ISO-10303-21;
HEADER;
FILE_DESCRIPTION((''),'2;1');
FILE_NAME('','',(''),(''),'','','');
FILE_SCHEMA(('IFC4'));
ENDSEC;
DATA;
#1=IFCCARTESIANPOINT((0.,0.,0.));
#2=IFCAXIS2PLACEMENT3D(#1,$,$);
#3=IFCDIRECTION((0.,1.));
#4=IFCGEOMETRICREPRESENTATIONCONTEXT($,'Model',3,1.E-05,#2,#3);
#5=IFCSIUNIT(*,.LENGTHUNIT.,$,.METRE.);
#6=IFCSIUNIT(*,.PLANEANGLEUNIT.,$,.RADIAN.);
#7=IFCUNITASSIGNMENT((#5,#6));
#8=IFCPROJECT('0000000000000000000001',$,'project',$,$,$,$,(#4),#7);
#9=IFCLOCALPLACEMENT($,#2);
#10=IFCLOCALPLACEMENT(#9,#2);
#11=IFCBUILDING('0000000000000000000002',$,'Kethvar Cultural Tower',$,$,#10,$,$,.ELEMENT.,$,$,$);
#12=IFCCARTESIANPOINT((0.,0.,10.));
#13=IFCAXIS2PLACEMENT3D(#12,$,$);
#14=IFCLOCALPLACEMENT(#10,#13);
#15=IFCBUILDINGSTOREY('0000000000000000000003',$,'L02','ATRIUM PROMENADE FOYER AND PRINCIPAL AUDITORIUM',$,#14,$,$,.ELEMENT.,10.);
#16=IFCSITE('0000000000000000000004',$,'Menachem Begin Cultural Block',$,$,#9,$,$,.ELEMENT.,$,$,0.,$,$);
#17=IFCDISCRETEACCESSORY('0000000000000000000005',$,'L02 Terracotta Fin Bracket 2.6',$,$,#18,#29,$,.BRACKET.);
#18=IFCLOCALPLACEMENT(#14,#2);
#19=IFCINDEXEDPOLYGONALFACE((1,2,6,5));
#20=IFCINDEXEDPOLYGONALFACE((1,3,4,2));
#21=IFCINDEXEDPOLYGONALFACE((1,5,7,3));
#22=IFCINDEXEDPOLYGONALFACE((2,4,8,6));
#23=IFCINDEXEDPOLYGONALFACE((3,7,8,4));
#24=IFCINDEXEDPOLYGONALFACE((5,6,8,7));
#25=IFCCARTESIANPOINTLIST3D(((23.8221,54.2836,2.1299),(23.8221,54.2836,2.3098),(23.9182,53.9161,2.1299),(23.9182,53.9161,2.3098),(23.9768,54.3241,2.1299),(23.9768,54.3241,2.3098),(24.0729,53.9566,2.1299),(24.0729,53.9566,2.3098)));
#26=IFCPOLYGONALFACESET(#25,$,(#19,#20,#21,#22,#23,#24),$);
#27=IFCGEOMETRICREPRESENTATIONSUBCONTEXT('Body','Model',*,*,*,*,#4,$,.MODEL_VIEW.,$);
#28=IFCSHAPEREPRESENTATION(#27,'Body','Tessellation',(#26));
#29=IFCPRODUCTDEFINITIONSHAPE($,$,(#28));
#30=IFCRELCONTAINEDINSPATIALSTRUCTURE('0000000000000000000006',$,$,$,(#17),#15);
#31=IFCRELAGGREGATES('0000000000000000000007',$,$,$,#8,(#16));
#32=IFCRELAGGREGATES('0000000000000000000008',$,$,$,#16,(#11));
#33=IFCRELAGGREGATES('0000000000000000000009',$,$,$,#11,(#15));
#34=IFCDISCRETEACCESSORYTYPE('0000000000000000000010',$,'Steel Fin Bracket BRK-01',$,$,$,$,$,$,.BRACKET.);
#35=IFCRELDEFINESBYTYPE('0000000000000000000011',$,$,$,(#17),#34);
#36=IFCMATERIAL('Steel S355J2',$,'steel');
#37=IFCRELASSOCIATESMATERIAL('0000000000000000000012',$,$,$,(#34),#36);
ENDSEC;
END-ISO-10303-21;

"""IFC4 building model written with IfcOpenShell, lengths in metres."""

from ifc_helpers import new_model, si_unit, direction, frame, origin, origin_2d, place, context, subcontext, project, spatial, rectangle, extrude, source, transform, mapped, material, type_object, element, save


model = new_model("IFC4")

# Units and contexts
model_context = context("Model", 3, precision=1e-05, world=origin(), true_north=direction((0.0, 1.0)))
body_context = subcontext(model_context, "Body", "Model", "MODEL_VIEW")
ifc_project = project(units=[si_unit("LENGTHUNIT", "METRE"), si_unit("PLANEANGLEUNIT", "RADIAN")], contexts=[model_context])

# Site, building, storey
site_placement = place(None, origin())
site = spatial("IfcSite", under=ifc_project, at=site_placement, Name="Menachem Begin Cultural Block", CompositionType="ELEMENT", RefElevation=0.0)
building_placement = place(site_placement, origin())
building = spatial("IfcBuilding", under=site, at=building_placement, Name="Kethvar Cultural Tower", CompositionType="ELEMENT")
storey_placement = place(building_placement, frame((0.0, 0.0, 10.0)))
storey = spatial("IfcBuildingStorey", under=building, at=storey_placement, Name="L02", Description="ATRIUM PROMENADE FOYER AND PRINCIPAL AUDITORIUM", CompositionType="ELEMENT", Elevation=10.0)

# Shared definitions
ifc_material_1 = material(Name="Steel S355J2", Category="steel")

# Discrete accessory
discrete_accessory_type = type_object("IfcDiscreteAccessoryType", Name="Steel Fin Bracket BRK-01", PredefinedType="BRACKET", material=ifc_material_1)
shared_shape_1 = source(origin(), body_context, "Body", "SweptSolid", [
    extrude(rectangle(XDim=0.3799, YDim=0.1599, at=origin_2d()), origin(), (0.0, 0.0, 1.0), 0.1799),
])
for number, where, z_axis, x_axis, name in (
    (1, (23.9475, 54.1201, 2.1299), (0.0, 0.0, 1.0), (-0.253083, 0.967445, 0.0), "L02 Terracotta Fin Bracket 2.6"),
):
    element("IfcDiscreteAccessory", number, at=place(storey_placement, frame(where, z_axis=z_axis, x_axis=x_axis)), inside=storey, type_object=discrete_accessory_type, Name=name, PredefinedType="BRACKET", context=body_context, shape_type="MappedRepresentation", body=[
        mapped(shared_shape_1, transform((0.0, 0.0, 0.0), scale=1.0)),
    ])

save(model, "model.ifc")
